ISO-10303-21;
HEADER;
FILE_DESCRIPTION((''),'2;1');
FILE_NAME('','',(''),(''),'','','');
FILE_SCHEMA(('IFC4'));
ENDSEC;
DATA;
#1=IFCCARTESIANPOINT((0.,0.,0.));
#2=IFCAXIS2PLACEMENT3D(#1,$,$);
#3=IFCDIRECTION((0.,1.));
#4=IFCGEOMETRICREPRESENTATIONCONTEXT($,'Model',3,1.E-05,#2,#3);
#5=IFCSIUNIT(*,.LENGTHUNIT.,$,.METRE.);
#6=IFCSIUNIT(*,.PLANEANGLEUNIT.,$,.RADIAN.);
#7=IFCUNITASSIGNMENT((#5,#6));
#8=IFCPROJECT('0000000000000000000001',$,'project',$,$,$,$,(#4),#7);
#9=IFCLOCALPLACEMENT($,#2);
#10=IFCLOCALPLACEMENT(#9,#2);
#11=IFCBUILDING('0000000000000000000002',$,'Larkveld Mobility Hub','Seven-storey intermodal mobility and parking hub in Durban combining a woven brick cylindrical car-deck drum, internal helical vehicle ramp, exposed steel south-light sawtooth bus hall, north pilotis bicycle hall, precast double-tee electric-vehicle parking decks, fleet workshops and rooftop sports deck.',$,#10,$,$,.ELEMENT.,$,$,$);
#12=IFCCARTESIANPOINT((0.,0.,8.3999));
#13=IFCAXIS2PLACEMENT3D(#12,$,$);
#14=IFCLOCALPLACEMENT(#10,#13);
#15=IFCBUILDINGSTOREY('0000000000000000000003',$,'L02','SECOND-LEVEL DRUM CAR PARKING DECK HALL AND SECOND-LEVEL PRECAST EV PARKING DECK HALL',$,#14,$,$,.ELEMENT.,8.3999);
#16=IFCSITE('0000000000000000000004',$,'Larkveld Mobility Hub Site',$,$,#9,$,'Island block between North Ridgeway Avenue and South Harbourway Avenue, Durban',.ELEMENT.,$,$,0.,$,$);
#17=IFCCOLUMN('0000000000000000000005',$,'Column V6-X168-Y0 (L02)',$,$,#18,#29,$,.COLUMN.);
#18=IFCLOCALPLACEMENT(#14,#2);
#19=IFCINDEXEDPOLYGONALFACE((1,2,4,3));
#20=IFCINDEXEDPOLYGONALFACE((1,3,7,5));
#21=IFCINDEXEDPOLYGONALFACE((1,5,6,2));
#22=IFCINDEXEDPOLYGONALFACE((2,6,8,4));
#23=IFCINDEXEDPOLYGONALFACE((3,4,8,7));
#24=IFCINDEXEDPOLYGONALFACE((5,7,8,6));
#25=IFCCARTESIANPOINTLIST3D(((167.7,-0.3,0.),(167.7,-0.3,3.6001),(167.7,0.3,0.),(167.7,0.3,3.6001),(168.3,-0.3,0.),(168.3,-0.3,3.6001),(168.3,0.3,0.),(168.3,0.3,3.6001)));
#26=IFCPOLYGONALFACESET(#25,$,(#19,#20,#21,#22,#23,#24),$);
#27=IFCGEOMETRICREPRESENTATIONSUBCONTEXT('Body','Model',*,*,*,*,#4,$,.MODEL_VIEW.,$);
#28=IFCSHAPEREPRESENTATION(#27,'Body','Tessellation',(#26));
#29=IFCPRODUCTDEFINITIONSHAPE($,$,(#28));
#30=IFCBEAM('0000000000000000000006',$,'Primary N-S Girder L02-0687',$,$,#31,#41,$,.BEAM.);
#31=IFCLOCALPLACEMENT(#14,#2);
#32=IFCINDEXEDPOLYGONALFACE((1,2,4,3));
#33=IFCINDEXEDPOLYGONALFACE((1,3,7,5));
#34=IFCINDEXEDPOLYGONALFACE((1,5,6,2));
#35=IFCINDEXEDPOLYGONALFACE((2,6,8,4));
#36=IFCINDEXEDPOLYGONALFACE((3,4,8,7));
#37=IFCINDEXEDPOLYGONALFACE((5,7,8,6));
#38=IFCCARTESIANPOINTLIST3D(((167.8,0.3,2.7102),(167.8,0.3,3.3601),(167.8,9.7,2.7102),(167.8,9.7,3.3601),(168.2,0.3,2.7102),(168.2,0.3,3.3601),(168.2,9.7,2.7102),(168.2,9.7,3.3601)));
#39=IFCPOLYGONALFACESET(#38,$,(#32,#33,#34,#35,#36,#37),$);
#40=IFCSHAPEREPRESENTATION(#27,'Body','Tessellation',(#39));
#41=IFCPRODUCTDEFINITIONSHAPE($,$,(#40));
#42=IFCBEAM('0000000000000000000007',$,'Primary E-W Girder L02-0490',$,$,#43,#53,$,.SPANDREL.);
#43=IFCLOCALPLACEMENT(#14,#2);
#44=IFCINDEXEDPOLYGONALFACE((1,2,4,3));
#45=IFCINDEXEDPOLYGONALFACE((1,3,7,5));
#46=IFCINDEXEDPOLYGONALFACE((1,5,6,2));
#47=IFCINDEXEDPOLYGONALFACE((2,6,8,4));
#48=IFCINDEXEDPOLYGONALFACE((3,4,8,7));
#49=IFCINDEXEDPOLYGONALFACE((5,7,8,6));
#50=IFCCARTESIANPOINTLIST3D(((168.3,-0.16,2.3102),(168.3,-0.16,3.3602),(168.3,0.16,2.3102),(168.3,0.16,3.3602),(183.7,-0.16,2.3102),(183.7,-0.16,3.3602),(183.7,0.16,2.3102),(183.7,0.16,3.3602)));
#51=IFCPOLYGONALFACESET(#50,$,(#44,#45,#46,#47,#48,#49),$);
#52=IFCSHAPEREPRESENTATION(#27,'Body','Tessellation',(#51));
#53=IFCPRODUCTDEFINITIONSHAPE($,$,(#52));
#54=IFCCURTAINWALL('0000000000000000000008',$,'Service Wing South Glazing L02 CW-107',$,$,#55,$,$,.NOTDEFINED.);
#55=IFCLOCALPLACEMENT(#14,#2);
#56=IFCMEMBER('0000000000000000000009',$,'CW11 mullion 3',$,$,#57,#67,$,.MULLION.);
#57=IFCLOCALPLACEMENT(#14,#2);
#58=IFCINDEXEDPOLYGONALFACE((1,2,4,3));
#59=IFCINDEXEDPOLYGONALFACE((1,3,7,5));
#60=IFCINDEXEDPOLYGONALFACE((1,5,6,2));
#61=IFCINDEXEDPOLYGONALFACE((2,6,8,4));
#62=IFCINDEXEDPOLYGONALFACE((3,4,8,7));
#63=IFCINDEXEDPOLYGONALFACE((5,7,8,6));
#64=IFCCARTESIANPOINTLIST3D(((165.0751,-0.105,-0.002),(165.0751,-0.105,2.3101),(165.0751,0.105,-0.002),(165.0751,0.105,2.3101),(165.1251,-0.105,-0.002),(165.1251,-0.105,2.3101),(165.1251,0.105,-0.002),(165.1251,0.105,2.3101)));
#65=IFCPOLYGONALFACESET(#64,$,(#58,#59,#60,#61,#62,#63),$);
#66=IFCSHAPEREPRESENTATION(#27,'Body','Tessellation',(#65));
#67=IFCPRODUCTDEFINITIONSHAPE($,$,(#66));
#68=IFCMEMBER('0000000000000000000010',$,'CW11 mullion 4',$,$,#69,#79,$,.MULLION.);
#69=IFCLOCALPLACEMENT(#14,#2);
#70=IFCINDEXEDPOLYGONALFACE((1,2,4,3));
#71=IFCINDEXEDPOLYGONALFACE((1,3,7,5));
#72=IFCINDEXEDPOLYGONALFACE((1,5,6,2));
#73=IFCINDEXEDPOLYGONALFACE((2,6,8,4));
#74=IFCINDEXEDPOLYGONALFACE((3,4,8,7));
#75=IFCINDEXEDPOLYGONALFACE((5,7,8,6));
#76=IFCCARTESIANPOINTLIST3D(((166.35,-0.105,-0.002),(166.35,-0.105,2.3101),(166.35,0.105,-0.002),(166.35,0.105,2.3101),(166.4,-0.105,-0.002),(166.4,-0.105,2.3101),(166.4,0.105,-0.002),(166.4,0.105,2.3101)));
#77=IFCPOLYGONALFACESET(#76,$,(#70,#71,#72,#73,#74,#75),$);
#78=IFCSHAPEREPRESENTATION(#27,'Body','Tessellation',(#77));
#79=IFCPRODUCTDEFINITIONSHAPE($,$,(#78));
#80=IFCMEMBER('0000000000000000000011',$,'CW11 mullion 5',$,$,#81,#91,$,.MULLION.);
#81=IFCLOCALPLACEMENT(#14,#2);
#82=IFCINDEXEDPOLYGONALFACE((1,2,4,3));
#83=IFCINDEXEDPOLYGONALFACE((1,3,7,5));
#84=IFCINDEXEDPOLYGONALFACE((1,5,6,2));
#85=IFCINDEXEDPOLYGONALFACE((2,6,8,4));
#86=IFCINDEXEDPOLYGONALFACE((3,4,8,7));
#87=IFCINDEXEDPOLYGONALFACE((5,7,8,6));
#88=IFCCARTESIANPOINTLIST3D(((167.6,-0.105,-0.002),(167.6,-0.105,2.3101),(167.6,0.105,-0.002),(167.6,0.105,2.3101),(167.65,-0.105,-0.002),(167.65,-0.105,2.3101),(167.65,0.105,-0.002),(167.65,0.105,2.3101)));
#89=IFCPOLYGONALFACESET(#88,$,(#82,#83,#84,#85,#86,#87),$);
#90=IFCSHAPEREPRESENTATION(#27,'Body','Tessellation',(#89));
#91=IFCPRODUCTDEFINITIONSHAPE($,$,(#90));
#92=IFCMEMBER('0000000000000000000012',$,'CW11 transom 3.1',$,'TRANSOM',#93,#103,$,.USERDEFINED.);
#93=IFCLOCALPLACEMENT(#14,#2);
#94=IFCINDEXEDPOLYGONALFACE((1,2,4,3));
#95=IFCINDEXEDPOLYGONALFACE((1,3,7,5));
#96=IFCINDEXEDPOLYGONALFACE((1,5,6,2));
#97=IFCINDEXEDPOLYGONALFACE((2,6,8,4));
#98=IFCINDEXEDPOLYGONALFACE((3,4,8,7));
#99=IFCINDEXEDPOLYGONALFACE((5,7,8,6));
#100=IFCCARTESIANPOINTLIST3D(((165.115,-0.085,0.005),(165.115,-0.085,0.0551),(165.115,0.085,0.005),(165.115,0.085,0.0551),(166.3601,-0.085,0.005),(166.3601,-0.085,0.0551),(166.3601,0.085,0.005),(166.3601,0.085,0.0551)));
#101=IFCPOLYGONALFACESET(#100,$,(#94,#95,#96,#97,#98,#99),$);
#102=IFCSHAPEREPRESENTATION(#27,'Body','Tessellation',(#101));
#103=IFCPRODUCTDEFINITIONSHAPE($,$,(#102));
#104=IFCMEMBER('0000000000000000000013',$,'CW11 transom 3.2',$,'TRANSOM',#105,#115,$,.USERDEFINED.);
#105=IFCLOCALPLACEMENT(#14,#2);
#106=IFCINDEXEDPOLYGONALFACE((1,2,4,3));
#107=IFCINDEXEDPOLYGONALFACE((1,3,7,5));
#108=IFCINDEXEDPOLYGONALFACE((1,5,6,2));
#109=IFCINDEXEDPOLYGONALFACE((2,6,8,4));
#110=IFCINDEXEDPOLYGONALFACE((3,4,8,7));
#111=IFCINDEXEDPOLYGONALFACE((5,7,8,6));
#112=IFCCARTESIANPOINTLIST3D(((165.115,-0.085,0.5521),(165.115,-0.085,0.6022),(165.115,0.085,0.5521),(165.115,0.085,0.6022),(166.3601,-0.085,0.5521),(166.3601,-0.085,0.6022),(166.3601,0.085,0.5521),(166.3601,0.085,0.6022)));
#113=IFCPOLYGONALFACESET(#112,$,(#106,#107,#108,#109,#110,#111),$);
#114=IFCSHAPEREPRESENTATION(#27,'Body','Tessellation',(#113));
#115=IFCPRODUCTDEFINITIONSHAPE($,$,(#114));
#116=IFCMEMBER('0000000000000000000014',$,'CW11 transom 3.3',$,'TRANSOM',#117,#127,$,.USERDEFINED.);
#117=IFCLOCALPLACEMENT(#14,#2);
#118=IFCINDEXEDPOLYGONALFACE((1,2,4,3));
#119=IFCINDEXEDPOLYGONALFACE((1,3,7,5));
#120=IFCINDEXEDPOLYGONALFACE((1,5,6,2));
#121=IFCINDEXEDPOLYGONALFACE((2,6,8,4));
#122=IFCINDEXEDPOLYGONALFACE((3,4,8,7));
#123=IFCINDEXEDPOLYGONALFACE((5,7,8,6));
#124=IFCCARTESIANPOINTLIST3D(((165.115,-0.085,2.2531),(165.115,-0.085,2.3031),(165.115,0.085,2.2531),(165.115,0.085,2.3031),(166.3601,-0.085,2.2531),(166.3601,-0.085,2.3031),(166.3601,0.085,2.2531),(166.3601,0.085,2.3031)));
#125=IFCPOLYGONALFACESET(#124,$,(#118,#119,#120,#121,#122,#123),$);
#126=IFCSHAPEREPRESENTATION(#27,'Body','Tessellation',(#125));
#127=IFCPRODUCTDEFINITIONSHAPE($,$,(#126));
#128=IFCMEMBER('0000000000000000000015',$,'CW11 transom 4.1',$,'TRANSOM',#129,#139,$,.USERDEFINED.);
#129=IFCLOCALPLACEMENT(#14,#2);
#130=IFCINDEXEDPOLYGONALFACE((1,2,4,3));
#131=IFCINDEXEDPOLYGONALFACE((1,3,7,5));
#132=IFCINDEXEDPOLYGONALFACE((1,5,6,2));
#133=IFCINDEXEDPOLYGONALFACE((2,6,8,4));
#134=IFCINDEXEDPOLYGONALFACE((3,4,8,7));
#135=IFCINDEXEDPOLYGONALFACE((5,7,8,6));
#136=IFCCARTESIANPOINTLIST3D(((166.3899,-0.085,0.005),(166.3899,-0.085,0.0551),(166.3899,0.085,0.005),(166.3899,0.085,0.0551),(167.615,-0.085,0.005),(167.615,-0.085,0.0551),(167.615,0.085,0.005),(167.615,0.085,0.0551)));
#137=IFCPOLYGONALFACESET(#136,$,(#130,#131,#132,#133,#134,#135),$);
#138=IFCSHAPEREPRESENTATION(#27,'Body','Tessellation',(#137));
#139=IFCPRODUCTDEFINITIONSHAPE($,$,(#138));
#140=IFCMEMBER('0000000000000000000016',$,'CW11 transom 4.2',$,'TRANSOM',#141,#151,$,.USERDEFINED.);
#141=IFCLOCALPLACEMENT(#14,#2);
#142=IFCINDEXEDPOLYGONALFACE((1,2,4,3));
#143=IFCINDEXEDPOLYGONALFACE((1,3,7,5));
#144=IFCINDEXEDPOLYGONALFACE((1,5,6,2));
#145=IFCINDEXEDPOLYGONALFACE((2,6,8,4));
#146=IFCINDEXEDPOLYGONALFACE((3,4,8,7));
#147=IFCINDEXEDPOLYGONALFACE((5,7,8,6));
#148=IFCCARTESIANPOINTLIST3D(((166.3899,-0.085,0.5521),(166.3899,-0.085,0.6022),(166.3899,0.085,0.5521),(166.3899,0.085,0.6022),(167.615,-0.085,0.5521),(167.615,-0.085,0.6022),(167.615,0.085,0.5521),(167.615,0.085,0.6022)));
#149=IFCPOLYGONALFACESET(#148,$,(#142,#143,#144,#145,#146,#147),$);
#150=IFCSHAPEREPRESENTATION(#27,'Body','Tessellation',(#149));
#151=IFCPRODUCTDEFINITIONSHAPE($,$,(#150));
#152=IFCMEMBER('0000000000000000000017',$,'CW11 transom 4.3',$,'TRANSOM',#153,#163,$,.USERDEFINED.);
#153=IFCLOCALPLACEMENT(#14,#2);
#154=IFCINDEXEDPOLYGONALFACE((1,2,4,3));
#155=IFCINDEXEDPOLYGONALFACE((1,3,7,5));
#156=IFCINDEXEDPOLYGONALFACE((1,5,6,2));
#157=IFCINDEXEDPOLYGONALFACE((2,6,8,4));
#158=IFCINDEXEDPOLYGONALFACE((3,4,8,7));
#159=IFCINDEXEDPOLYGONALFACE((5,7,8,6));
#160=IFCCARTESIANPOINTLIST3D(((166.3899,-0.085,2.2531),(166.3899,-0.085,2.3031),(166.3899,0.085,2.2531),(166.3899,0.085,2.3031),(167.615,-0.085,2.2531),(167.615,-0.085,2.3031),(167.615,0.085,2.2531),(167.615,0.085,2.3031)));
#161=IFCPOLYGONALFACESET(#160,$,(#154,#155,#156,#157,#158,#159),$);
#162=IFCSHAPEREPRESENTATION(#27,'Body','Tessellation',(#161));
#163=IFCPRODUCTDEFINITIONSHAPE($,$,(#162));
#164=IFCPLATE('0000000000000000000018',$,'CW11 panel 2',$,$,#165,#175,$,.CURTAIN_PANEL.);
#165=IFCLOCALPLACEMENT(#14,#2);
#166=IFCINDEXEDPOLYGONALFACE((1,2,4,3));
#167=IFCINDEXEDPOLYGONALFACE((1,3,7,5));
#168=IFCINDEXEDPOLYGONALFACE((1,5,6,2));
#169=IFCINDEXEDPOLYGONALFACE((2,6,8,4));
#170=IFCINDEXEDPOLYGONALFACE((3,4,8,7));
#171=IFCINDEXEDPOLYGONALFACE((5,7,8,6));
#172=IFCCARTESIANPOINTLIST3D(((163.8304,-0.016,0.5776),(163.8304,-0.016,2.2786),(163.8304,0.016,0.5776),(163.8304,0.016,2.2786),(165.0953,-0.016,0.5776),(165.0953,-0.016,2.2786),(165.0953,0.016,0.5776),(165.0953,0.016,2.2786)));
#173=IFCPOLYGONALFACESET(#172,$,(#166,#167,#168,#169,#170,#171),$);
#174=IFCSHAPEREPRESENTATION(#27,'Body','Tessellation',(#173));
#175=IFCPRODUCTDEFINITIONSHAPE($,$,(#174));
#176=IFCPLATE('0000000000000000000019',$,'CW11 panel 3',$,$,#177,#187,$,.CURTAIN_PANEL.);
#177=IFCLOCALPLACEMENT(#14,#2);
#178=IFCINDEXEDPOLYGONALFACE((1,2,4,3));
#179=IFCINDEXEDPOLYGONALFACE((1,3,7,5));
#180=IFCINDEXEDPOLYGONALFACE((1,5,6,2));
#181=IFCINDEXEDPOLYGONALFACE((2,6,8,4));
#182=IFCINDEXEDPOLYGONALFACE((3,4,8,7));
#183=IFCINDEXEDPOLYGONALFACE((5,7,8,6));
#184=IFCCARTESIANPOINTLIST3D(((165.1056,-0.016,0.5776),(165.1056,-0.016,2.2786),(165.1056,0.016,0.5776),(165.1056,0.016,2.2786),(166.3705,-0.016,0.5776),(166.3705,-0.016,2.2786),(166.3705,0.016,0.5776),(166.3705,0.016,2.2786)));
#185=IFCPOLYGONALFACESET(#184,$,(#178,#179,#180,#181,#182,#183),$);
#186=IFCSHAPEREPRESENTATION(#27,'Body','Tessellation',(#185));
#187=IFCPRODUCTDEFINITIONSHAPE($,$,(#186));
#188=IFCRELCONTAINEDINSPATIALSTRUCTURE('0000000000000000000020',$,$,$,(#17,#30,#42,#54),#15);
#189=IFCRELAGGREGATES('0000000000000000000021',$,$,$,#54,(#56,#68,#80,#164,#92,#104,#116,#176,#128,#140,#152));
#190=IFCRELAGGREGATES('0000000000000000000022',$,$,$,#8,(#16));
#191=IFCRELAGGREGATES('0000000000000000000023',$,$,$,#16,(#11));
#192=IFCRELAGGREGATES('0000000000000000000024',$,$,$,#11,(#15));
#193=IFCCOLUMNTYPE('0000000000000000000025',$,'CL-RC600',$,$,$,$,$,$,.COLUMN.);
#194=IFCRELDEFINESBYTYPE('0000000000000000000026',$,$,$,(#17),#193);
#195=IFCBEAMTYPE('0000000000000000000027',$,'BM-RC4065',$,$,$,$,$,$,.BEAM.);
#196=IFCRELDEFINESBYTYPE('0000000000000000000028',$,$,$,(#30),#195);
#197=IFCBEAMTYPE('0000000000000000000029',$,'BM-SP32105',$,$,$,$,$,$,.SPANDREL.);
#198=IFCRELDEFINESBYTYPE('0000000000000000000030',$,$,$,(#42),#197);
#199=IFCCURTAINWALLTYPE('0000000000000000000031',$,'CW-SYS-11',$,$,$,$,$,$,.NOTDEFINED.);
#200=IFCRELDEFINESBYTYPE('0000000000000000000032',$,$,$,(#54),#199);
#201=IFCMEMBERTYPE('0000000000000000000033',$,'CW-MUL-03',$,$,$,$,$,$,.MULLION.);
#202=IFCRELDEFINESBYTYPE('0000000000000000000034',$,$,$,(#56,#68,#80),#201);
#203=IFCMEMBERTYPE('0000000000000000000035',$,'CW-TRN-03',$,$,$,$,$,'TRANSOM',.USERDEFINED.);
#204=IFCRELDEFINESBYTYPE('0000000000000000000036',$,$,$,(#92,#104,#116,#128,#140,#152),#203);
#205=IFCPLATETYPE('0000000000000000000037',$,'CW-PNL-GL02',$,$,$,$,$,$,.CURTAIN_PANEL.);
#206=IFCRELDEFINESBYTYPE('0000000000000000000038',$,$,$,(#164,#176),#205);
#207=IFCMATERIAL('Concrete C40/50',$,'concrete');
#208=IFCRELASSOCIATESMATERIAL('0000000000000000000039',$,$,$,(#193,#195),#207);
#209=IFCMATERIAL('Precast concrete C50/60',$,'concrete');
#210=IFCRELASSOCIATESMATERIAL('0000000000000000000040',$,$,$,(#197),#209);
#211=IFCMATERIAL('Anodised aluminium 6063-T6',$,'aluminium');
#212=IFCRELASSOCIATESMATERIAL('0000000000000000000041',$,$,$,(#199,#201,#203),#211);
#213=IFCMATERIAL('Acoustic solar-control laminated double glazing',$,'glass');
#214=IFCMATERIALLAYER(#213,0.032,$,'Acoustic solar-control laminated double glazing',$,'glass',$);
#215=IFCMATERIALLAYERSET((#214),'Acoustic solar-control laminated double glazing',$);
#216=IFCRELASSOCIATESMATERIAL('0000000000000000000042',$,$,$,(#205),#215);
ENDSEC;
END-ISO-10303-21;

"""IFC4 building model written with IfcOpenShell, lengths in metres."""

from ifc_helpers import new_model, si_unit, direction, frame, origin, origin_2d, place, context, subcontext, project, spatial, rectangle, extrude, material, layer, layer_set, material_profile, profile_set, type_object, element, aggregate, save


model = new_model("IFC4")

# Units and contexts
model_context = context("Model", 3, precision=1e-05, world=origin(), true_north=direction((0.0, 1.0)))
body_context = subcontext(model_context, "Body", "Model", "MODEL_VIEW")
ifc_project = project(units=[si_unit("LENGTHUNIT", "METRE"), si_unit("PLANEANGLEUNIT", "RADIAN")], contexts=[model_context])

# Site, building, storey
site_placement = place(None, origin())
site = spatial("IfcSite", under=ifc_project, at=site_placement, Name="Larkveld Mobility Hub Site", LongName="Island block between North Ridgeway Avenue and South Harbourway Avenue, Durban", CompositionType="ELEMENT", RefElevation=0.0)
building_placement = place(site_placement, origin())
building = spatial("IfcBuilding", under=site, at=building_placement, Name="Larkveld Mobility Hub", Description="Seven-storey intermodal mobility and parking hub in Durban combining a woven brick cylindrical car-deck drum, internal helical vehicle ramp, exposed steel south-light sawtooth bus hall, north pilotis bicycle hall, precast double-tee electric-vehicle parking decks, fleet workshops and rooftop sports deck.", CompositionType="ELEMENT")
storey_placement = place(building_placement, frame((0.0, 0.0, 8.3999)))
storey = spatial("IfcBuildingStorey", under=building, at=storey_placement, Name="L02", Description="SECOND-LEVEL DRUM CAR PARKING DECK HALL AND SECOND-LEVEL PRECAST EV PARKING DECK HALL", CompositionType="ELEMENT", Elevation=8.3999)

# Column
ifc_material_1 = material(Name="Concrete C40/50", Category="concrete")
ifc_material_profile_1 = material_profile(ifc_material_1, rectangle(XDim=0.6001, YDim=0.6001, at=origin_2d()), Name="RC COL 600x600")
ifc_profile_set_1 = profile_set([ifc_material_profile_1], Name="Concrete C40/50")
column_type = type_object("IfcColumnType", Name="CL-RC600", PredefinedType="COLUMN", material=ifc_profile_set_1)
column_placement = place(storey_placement, frame((168.0, 0.0, 0.0), z_axis=(0.0, 0.0, 1.0), x_axis=(1.0, 0.0, 0.0)))
element("IfcColumn", 1, at=column_placement, inside=storey, type_object=column_type, Name="Column V6-X168-Y0 (L02)", PredefinedType="COLUMN", context=body_context, shape_type="SweptSolid", body=[
    extrude(rectangle(XDim=0.6001, YDim=0.6001, at=origin_2d()), origin(), (0.0, 0.0, 1.0), 3.6001),
])

# Beams
ifc_material_profile_2 = material_profile(ifc_material_1, rectangle(XDim=0.3999, YDim=0.6499, at=origin_2d()), Name="RC BM 400x650")
ifc_profile_set_2 = profile_set([ifc_material_profile_2], Name="Concrete C40/50")
beam_type_1 = type_object("IfcBeamType", Name="BM-RC4065", PredefinedType="BEAM", material=ifc_profile_set_2)
beam_1_placement = place(storey_placement, frame((168.0, 0.3, 3.0352), z_axis=(0.0, 1.0, 0.0), x_axis=(-1.0, 0.0, 0.0)))
element("IfcBeam", 2, at=beam_1_placement, inside=storey, type_object=beam_type_1, Name="Primary N-S Girder L02-0687", PredefinedType="BEAM", context=body_context, shape_type="SweptSolid", body=[
    extrude(rectangle(XDim=0.3999, YDim=0.6499, at=origin_2d()), origin(), (0.0, 0.0, 1.0), 9.3999),
])
ifc_material_2 = material(Name="Precast concrete C50/60", Category="concrete")
ifc_material_profile_3 = material_profile(ifc_material_2, rectangle(XDim=0.3201, YDim=1.05, at=origin_2d()), Name="PC SP 320x1050")
ifc_profile_set_3 = profile_set([ifc_material_profile_3], Name="Precast concrete C50/60")
beam_type_2 = type_object("IfcBeamType", Name="BM-SP32105", PredefinedType="SPANDREL", material=ifc_profile_set_3)
beam_2_placement = place(storey_placement, frame((168.3, 0.0, 2.8352), z_axis=(1.0, 0.0, 0.0), x_axis=(0.0, 1.0, 0.0)))
element("IfcBeam", 3, at=beam_2_placement, inside=storey, type_object=beam_type_2, Name="Primary E-W Girder L02-0490", PredefinedType="SPANDREL", context=body_context, shape_type="SweptSolid", body=[
    extrude(rectangle(XDim=0.3201, YDim=1.05, at=origin_2d()), origin(), (0.0, 0.0, 1.0), 15.3999),
])

# Curtain wall, members, plates
ifc_material_3 = material(Name="Anodised aluminium 6063-T6", Category="aluminium")
curtain_wall_type = type_object("IfcCurtainWallType", Name="CW-SYS-11", PredefinedType="NOTDEFINED", material=ifc_material_3)
curtain_wall_placement = place(storey_placement, origin())
curtain_wall = element("IfcCurtainWall", 4, at=curtain_wall_placement, inside=storey, type_object=curtain_wall_type, Name="Service Wing South Glazing L02 CW-107", PredefinedType="NOTDEFINED")
ifc_material_profile_4 = material_profile(ifc_material_3, rectangle(XDim=0.05, YDim=0.21, at=origin_2d()), Name="ALU MULL 50x210")
ifc_profile_set_4 = profile_set([ifc_material_profile_4], Name="Anodised aluminium 6063-T6")
member_type_1 = type_object("IfcMemberType", Name="CW-MUL-03", PredefinedType="MULLION", material=ifc_profile_set_4)
member_1_placement = place(storey_placement, frame((165.1001, 0.0, -0.002), z_axis=(0.0, 0.0, 1.0), x_axis=(1.0, 0.0, 0.0)))
member_1 = element("IfcMember", 5, at=member_1_placement, type_object=member_type_1, Name="CW11 mullion 3", PredefinedType="MULLION", context=body_context, shape_type="SweptSolid", body=[
    extrude(rectangle(XDim=0.05, YDim=0.21, at=origin_2d()), origin(), (0.0, 0.0, 1.0), 2.312),
])
member_2_placement = place(storey_placement, frame((166.375, 0.0, -0.002), z_axis=(0.0, 0.0, 1.0), x_axis=(1.0, 0.0, 0.0)))
member_2 = element("IfcMember", 6, at=member_2_placement, type_object=member_type_1, Name="CW11 mullion 4", PredefinedType="MULLION", context=body_context, shape_type="SweptSolid", body=[
    extrude(rectangle(XDim=0.05, YDim=0.21, at=origin_2d()), origin(), (0.0, 0.0, 1.0), 2.312),
])
member_3_placement = place(storey_placement, frame((167.625, 0.0, -0.002), z_axis=(0.0, 0.0, 1.0), x_axis=(1.0, 0.0, 0.0)))
member_3 = element("IfcMember", 7, at=member_3_placement, type_object=member_type_1, Name="CW11 mullion 5", PredefinedType="MULLION", context=body_context, shape_type="SweptSolid", body=[
    extrude(rectangle(XDim=0.05, YDim=0.21, at=origin_2d()), origin(), (0.0, 0.0, 1.0), 2.312),
])
ifc_material_profile_5 = material_profile(ifc_material_3, rectangle(XDim=0.1699, YDim=0.05, at=origin_2d()), Name="ALU TRAN 50x170")
ifc_profile_set_5 = profile_set([ifc_material_profile_5], Name="Anodised aluminium 6063-T6")
member_type_2 = type_object("IfcMemberType", Name="CW-TRN-03", ElementType="TRANSOM", PredefinedType="USERDEFINED", material=ifc_profile_set_5)
member_4_placement = place(storey_placement, frame((165.115, 0.0, 0.03), z_axis=(1.0, 0.0, 0.0), x_axis=(0.0, 1.0, 0.0)))
member_4 = element("IfcMember", 8, at=member_4_placement, type_object=member_type_2, Name="CW11 transom 3.1", ObjectType="TRANSOM", PredefinedType="USERDEFINED", context=body_context, shape_type="SweptSolid", body=[
    extrude(rectangle(XDim=0.1699, YDim=0.05, at=origin_2d()), origin(), (0.0, 0.0, 1.0), 1.2451),
])
member_5_placement = place(storey_placement, frame((165.115, 0.0, 0.5771), z_axis=(1.0, 0.0, 0.0), x_axis=(0.0, 1.0, 0.0)))
member_5 = element("IfcMember", 9, at=member_5_placement, type_object=member_type_2, Name="CW11 transom 3.2", ObjectType="TRANSOM", PredefinedType="USERDEFINED", context=body_context, shape_type="SweptSolid", body=[
    extrude(rectangle(XDim=0.1699, YDim=0.05, at=origin_2d()), origin(), (0.0, 0.0, 1.0), 1.2451),
])
member_6_placement = place(storey_placement, frame((165.115, 0.0, 2.2781), z_axis=(1.0, 0.0, 0.0), x_axis=(0.0, 1.0, 0.0)))
member_6 = element("IfcMember", 10, at=member_6_placement, type_object=member_type_2, Name="CW11 transom 3.3", ObjectType="TRANSOM", PredefinedType="USERDEFINED", context=body_context, shape_type="SweptSolid", body=[
    extrude(rectangle(XDim=0.1699, YDim=0.05, at=origin_2d()), origin(), (0.0, 0.0, 1.0), 1.2451),
])
member_7_placement = place(storey_placement, frame((166.3899, 0.0, 0.03), z_axis=(1.0, 0.0, 0.0), x_axis=(0.0, 1.0, 0.0)))
member_7 = element("IfcMember", 11, at=member_7_placement, type_object=member_type_2, Name="CW11 transom 4.1", ObjectType="TRANSOM", PredefinedType="USERDEFINED", context=body_context, shape_type="SweptSolid", body=[
    extrude(rectangle(XDim=0.1699, YDim=0.05, at=origin_2d()), origin(), (0.0, 0.0, 1.0), 1.2251),
])
member_8_placement = place(storey_placement, frame((166.3899, 0.0, 0.5771), z_axis=(1.0, 0.0, 0.0), x_axis=(0.0, 1.0, 0.0)))
member_8 = element("IfcMember", 12, at=member_8_placement, type_object=member_type_2, Name="CW11 transom 4.2", ObjectType="TRANSOM", PredefinedType="USERDEFINED", context=body_context, shape_type="SweptSolid", body=[
    extrude(rectangle(XDim=0.1699, YDim=0.05, at=origin_2d()), origin(), (0.0, 0.0, 1.0), 1.2251),
])
member_9_placement = place(storey_placement, frame((166.3899, 0.0, 2.2781), z_axis=(1.0, 0.0, 0.0), x_axis=(0.0, 1.0, 0.0)))
member_9 = element("IfcMember", 13, at=member_9_placement, type_object=member_type_2, Name="CW11 transom 4.3", ObjectType="TRANSOM", PredefinedType="USERDEFINED", context=body_context, shape_type="SweptSolid", body=[
    extrude(rectangle(XDim=0.1699, YDim=0.05, at=origin_2d()), origin(), (0.0, 0.0, 1.0), 1.2251),
])
ifc_material_4 = material(Name="Acoustic solar-control laminated double glazing", Category="glass")
ifc_layer_1 = layer(ifc_material_4, 0.032, Name="Acoustic solar-control laminated double glazing", Category="glass")
ifc_layer_set_1 = layer_set([ifc_layer_1], Name="Acoustic solar-control laminated double glazing")
plate_type_1 = type_object("IfcPlateType", Name="CW-PNL-GL02", PredefinedType="CURTAIN_PANEL", material=ifc_layer_set_1)
plate_1_placement = place(storey_placement, frame((164.4629, 0.0, 0.5776), z_axis=(0.0, 0.0, 1.0), x_axis=(1.0, 0.0, 0.0)))
plate_1 = element("IfcPlate", 14, at=plate_1_placement, type_object=plate_type_1, Name="CW11 panel 2", PredefinedType="CURTAIN_PANEL", context=body_context, shape_type="SweptSolid", body=[
    extrude(rectangle(XDim=1.2649, YDim=0.032, at=origin_2d()), origin(), (0.0, 0.0, 1.0), 1.7009),
])
plate_2_placement = place(storey_placement, frame((165.738, 0.0, 0.5776), z_axis=(0.0, 0.0, 1.0), x_axis=(1.0, 0.0, 0.0)))
plate_2 = element("IfcPlate", 15, at=plate_2_placement, type_object=plate_type_1, Name="CW11 panel 3", PredefinedType="CURTAIN_PANEL", context=body_context, shape_type="SweptSolid", body=[
    extrude(rectangle(XDim=1.2649, YDim=0.032, at=origin_2d()), origin(), (0.0, 0.0, 1.0), 1.7009),
])
aggregate(curtain_wall, [member_1, member_2, member_3, plate_1, member_4, member_5, member_6, plate_2, member_7, member_8, member_9])

save(model, "model.ifc")
